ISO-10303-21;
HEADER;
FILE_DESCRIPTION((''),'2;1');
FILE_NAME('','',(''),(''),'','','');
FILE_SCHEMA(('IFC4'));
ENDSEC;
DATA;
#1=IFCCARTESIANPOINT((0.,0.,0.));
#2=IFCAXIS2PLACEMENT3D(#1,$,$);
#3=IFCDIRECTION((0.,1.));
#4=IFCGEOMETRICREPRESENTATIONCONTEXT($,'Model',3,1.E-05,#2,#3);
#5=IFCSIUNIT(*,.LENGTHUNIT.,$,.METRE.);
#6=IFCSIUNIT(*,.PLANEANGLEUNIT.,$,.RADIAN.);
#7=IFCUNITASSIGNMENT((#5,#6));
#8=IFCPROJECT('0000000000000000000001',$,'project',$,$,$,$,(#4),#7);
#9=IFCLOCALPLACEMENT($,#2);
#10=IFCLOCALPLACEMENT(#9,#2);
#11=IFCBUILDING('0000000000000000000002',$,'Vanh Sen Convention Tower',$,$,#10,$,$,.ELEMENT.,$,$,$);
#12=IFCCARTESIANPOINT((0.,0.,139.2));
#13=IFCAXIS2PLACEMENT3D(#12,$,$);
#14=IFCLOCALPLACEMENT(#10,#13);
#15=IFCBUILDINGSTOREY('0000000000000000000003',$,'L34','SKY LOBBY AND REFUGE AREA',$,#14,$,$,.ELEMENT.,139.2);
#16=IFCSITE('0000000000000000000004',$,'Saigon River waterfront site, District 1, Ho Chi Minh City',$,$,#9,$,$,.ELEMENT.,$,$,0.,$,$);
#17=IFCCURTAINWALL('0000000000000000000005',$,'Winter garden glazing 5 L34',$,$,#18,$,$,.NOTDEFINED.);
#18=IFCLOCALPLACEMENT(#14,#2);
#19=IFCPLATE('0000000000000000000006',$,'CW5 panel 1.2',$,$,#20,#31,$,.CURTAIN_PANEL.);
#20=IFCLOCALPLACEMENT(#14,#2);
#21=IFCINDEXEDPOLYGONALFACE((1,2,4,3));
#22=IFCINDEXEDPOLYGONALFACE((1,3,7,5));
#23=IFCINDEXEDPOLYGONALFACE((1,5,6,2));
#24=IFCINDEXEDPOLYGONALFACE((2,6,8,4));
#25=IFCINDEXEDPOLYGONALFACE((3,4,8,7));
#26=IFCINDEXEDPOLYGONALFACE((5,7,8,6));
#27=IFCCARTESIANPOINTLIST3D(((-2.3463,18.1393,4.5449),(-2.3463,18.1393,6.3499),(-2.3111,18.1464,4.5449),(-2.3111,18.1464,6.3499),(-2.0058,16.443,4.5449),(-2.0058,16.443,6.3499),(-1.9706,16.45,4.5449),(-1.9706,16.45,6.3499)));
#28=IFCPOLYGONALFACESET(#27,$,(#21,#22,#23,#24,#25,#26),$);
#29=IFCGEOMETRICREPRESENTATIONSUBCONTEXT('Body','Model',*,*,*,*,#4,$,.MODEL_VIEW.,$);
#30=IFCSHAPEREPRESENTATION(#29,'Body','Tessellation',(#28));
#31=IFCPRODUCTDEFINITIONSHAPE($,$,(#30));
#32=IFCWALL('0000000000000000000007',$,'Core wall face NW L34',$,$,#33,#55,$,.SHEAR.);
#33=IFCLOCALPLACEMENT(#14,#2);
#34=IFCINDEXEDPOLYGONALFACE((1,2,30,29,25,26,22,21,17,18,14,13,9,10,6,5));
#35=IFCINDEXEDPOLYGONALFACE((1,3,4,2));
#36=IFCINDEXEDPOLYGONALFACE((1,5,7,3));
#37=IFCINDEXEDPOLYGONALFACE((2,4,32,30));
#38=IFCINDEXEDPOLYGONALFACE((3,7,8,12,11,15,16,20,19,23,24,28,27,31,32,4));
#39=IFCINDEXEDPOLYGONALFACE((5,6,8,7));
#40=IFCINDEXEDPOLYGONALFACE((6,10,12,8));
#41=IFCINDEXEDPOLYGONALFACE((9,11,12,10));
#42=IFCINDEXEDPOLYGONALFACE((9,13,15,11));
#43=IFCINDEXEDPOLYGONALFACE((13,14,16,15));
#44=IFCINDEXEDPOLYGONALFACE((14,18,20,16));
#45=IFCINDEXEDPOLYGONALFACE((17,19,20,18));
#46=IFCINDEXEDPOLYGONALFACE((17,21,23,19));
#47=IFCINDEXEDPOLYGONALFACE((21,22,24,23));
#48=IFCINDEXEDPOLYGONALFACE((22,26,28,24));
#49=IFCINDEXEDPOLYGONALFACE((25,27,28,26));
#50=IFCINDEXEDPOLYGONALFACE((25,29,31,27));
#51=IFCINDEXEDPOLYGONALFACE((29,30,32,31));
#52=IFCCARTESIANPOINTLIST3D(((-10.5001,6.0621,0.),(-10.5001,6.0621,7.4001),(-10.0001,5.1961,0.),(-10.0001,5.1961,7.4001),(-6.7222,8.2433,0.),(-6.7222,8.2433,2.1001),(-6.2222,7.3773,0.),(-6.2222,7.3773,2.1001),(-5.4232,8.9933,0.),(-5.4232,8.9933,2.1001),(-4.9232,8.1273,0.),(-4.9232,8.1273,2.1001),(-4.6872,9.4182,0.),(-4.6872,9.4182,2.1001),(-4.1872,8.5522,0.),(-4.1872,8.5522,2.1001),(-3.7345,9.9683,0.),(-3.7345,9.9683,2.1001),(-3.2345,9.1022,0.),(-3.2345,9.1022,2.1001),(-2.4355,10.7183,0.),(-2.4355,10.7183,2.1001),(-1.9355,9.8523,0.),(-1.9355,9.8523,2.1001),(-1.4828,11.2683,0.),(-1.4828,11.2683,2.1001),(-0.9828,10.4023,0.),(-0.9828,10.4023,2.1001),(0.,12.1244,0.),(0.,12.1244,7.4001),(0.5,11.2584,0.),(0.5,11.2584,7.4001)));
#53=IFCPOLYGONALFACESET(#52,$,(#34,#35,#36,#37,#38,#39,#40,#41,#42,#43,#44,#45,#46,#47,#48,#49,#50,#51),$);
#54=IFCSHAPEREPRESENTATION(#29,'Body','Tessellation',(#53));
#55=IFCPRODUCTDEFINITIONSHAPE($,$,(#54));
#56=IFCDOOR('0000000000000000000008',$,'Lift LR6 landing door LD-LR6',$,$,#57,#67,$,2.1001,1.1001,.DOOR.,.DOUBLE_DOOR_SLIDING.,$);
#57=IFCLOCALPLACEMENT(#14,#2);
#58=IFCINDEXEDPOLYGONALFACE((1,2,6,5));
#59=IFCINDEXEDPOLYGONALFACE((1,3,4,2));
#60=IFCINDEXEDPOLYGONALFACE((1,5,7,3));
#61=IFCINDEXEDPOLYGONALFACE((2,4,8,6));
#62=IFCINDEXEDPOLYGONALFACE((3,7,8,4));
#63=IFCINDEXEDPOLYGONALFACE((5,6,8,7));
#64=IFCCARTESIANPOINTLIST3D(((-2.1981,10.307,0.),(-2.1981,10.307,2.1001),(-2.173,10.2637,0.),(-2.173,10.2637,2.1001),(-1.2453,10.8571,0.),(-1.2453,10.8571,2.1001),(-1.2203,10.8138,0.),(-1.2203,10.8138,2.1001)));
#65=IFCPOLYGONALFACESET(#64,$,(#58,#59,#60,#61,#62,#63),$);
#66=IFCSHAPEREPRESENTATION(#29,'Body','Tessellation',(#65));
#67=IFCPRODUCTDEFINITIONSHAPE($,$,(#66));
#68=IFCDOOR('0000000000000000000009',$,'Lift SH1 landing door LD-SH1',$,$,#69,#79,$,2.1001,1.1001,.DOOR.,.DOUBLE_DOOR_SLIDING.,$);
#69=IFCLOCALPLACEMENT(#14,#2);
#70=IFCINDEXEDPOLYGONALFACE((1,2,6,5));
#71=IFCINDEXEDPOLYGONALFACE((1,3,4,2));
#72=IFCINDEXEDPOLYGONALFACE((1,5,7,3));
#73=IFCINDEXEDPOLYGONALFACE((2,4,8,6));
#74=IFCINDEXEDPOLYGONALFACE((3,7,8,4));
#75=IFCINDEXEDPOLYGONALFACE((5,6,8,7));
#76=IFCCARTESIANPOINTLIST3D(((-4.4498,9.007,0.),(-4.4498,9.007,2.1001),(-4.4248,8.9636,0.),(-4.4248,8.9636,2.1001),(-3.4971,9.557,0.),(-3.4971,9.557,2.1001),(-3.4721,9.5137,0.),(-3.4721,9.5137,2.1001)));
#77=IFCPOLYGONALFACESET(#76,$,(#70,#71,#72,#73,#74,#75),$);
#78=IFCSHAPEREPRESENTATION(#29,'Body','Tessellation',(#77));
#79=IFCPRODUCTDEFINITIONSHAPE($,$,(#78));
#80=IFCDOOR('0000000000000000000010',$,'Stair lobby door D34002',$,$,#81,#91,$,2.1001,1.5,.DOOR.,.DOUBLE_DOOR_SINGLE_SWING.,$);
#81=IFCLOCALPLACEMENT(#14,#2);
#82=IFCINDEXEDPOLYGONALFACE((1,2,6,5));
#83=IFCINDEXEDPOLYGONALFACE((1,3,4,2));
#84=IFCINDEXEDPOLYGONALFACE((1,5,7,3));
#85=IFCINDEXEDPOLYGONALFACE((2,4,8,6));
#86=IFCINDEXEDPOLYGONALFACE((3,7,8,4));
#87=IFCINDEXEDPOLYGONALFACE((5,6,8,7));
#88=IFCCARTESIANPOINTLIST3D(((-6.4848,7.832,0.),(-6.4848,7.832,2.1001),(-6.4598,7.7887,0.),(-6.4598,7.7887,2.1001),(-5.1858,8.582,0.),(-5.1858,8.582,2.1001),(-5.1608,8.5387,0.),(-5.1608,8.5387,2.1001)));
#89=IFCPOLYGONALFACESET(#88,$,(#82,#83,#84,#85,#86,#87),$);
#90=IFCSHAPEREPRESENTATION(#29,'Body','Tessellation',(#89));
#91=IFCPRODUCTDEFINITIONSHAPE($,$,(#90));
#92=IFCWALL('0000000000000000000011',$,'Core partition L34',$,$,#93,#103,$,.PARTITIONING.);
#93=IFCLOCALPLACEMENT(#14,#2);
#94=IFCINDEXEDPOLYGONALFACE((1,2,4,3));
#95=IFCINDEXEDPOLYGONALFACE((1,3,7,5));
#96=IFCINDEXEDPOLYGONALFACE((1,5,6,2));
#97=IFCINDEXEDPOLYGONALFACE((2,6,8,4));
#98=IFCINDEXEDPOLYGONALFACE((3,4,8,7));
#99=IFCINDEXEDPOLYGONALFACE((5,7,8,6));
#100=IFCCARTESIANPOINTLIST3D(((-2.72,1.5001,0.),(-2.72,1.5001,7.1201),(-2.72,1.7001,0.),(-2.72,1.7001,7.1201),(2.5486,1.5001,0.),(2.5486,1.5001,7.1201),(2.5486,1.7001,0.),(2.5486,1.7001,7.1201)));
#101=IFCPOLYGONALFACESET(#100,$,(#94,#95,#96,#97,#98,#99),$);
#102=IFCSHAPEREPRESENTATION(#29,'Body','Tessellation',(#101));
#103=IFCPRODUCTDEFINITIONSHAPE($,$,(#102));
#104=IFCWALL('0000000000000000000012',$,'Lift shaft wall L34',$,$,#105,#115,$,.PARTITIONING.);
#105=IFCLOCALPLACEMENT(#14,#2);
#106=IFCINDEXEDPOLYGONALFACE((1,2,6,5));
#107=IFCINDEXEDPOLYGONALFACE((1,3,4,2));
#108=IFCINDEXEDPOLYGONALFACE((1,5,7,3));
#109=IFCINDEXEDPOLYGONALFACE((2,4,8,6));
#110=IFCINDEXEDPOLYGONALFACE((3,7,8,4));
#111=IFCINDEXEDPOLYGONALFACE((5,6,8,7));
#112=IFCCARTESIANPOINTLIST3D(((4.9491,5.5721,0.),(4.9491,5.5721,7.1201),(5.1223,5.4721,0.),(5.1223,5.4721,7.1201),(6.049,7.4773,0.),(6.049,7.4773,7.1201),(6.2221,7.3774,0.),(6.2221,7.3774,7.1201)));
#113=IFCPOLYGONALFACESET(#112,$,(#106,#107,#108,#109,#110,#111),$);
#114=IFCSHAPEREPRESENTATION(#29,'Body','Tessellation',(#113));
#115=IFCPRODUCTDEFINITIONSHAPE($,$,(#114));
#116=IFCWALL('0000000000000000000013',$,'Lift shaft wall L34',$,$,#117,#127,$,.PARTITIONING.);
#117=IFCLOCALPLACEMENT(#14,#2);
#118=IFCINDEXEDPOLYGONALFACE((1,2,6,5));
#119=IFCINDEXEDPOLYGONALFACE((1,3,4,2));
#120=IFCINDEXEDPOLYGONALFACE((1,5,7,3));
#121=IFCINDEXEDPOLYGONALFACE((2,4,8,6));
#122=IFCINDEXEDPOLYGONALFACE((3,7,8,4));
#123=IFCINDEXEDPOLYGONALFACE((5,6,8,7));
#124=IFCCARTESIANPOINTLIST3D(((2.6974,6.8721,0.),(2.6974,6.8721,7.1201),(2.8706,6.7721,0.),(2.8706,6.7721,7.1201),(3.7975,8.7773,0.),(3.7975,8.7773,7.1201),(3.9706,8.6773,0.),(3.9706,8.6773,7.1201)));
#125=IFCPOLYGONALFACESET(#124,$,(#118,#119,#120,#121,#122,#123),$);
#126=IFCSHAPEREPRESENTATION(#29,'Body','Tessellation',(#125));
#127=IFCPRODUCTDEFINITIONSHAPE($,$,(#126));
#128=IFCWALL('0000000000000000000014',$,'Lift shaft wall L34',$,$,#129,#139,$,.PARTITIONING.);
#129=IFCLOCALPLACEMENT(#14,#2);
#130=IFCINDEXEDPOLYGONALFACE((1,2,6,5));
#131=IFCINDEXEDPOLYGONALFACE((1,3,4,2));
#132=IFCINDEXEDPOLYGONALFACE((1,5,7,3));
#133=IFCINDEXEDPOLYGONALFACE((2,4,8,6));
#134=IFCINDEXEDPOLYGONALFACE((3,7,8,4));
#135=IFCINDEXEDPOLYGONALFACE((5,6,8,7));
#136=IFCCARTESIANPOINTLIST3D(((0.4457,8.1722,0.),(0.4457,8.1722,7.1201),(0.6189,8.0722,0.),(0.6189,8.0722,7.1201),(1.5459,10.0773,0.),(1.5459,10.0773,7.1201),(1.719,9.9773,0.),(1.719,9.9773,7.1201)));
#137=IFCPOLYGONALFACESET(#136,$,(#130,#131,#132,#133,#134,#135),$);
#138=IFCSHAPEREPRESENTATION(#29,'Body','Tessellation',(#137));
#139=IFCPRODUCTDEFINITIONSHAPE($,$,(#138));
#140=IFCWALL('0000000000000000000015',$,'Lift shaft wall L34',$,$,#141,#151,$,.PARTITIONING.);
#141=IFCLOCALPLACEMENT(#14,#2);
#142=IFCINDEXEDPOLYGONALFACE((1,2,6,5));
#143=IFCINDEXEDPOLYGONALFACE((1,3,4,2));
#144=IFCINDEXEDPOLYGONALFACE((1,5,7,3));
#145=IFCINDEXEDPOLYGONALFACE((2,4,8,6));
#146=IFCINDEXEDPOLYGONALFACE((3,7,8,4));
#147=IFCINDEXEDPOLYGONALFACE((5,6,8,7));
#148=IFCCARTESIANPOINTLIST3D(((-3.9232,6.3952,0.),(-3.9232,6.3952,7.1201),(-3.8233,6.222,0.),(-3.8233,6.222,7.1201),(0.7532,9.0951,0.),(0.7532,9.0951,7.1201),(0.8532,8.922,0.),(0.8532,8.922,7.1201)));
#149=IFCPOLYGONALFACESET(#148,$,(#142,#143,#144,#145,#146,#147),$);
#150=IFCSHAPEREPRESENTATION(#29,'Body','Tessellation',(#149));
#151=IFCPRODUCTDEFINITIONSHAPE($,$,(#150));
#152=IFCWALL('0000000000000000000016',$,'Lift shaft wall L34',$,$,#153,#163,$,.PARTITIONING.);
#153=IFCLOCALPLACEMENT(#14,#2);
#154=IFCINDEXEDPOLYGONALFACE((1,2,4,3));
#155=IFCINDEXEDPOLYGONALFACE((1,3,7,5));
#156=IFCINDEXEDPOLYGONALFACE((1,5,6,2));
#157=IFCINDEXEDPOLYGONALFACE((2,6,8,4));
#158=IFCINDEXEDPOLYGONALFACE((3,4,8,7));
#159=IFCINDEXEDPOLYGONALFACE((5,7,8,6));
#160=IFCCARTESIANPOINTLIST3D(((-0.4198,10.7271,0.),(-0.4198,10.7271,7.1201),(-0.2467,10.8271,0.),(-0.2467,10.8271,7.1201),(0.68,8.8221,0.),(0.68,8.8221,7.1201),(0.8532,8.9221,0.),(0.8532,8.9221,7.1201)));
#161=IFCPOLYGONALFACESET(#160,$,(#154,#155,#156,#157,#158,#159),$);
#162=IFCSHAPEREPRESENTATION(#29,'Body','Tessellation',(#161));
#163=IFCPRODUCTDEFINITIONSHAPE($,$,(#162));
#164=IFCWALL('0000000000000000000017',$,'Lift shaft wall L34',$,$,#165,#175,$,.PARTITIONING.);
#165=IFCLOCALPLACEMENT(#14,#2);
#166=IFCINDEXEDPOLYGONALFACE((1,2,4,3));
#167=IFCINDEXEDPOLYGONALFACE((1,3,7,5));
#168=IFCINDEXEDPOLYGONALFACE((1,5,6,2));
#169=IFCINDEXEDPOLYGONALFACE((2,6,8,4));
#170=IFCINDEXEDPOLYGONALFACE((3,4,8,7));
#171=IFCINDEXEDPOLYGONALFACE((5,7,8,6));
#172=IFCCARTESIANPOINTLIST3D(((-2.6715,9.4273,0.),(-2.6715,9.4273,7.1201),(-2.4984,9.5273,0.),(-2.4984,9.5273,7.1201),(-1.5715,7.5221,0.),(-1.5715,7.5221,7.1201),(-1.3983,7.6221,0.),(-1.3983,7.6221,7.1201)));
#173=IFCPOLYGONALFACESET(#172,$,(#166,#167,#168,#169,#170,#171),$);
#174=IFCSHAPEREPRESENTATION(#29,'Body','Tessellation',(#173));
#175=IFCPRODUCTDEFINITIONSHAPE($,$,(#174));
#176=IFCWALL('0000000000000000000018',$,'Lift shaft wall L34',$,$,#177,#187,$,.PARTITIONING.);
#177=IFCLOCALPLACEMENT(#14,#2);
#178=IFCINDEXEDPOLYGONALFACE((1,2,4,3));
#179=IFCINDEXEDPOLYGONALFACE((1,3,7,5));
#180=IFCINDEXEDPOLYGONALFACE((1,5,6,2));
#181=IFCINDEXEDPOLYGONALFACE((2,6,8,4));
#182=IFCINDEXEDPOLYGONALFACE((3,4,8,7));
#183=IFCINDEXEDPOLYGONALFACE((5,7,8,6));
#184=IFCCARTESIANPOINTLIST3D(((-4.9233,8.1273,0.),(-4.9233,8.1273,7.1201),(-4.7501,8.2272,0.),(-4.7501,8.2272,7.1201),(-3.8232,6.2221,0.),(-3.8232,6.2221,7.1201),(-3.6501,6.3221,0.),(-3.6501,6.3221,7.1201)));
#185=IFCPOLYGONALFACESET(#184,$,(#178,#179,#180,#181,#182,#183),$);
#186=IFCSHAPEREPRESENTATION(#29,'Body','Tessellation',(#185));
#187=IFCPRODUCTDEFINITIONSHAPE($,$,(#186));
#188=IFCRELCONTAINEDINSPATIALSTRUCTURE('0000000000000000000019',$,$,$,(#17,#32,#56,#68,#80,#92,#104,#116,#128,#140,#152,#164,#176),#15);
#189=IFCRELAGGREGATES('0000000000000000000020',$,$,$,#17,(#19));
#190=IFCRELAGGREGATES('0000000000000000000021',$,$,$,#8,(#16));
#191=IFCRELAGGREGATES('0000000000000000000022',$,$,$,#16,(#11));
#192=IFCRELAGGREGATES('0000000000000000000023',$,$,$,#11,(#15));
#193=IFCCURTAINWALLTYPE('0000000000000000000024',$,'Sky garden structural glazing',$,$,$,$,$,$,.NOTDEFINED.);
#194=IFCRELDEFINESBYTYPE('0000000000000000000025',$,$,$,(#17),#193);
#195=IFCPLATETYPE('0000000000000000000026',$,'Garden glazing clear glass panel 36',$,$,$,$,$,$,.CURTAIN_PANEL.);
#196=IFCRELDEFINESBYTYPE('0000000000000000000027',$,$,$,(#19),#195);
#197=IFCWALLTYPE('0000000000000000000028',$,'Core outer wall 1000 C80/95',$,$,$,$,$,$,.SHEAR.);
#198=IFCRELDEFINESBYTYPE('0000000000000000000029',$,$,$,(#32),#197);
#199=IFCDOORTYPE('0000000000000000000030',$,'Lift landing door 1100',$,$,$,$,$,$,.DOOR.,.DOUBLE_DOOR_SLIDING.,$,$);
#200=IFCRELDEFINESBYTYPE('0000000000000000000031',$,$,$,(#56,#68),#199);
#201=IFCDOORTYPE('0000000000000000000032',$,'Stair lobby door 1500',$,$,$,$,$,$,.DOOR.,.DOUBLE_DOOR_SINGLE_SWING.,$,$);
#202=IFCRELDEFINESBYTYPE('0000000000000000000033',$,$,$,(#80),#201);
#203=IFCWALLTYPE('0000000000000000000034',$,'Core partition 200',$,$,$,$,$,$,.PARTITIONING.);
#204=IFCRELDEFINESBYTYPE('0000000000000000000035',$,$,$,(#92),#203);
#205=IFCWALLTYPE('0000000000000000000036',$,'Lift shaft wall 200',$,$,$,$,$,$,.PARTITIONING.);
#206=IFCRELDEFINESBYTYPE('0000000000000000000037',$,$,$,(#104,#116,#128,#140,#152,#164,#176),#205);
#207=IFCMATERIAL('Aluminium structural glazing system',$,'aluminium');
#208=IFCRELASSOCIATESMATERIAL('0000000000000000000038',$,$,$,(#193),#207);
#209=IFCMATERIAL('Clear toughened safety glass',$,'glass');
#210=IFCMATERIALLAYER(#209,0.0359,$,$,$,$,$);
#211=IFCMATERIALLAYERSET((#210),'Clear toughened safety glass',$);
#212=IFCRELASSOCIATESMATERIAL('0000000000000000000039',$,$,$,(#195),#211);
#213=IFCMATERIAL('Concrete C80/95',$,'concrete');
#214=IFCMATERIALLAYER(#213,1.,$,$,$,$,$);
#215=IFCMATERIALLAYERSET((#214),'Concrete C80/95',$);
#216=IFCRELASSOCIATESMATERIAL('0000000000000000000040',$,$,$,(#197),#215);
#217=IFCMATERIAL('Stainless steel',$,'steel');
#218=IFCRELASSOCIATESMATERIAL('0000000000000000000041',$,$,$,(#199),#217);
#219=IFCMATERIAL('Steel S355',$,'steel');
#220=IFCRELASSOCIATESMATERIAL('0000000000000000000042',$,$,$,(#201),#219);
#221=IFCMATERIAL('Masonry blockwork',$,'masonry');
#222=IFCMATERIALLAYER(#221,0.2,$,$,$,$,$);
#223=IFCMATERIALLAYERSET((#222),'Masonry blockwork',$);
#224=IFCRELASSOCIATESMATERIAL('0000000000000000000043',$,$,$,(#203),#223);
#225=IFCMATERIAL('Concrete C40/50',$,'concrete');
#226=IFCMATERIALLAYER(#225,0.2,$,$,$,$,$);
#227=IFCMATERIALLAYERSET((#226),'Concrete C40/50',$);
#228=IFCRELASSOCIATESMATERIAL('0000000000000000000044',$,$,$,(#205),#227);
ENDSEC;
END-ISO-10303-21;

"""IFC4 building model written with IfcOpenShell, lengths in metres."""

from ifc_helpers import new_model, si_unit, direction, frame, frame_2d, origin, origin_2d, place, context, subcontext, project, spatial, rectangle, extrude, material, layer, layer_set, type_object, element, fill, aggregate, save


model = new_model("IFC4")

# Units and contexts
model_context = context("Model", 3, precision=1e-05, world=origin(), true_north=direction((0.0, 1.0)))
body_context = subcontext(model_context, "Body", "Model", "MODEL_VIEW")
ifc_project = project(units=[si_unit("LENGTHUNIT", "METRE"), si_unit("PLANEANGLEUNIT", "RADIAN")], contexts=[model_context])

# Site, building, storey
site_placement = place(None, origin())
site = spatial("IfcSite", under=ifc_project, at=site_placement, Name="Saigon River waterfront site, District 1, Ho Chi Minh City", CompositionType="ELEMENT", RefElevation=0.0)
building_placement = place(site_placement, origin())
building = spatial("IfcBuilding", under=site, at=building_placement, Name="Vanh Sen Convention Tower", CompositionType="ELEMENT")
storey_placement = place(building_placement, frame((0.0, 0.0, 139.2)))
storey = spatial("IfcBuildingStorey", under=building, at=storey_placement, Name="L34", Description="SKY LOBBY AND REFUGE AREA", CompositionType="ELEMENT", Elevation=139.2)

# Curtain wall
ifc_material_1 = material(Name="Aluminium structural glazing system", Category="aluminium")
curtain_wall_type = type_object("IfcCurtainWallType", Name="Sky garden structural glazing", PredefinedType="NOTDEFINED", material=ifc_material_1)
curtain_wall_1_placement = place(storey_placement, origin())
curtain_wall_1 = element("IfcCurtainWall", 1, at=curtain_wall_1_placement, inside=storey, type_object=curtain_wall_type, Name="Winter garden glazing 5 L34", PredefinedType="NOTDEFINED")

# Plate
ifc_material_2 = material(Name="Clear toughened safety glass", Category="glass")
ifc_layer_1 = layer(ifc_material_2, 0.0359)
ifc_layer_set_1 = layer_set([ifc_layer_1], Name="Clear toughened safety glass")
plate_type = type_object("IfcPlateType", Name="Garden glazing clear glass panel 36", PredefinedType="CURTAIN_PANEL", material=ifc_layer_set_1)
plate_1_placement = place(storey_placement, frame((-2.1584, 17.2947, 4.5449), z_axis=(0.0, 0.0, 1.0), x_axis=(-0.19679, 0.980446, 0.0)))
plate_1 = element("IfcPlate", 2, at=plate_1_placement, type_object=plate_type, Name="CW5 panel 1.2", PredefinedType="CURTAIN_PANEL", context=body_context, shape_type="SweptSolid", body=[
    extrude(rectangle(XDim=1.7302, YDim=0.0359, at=origin_2d()), origin(), (0.0, 0.0, 1.0), 1.8049),
])
aggregate(curtain_wall_1, [plate_1])

# Wall, openings, doors
ifc_material_3 = material(Name="Concrete C80/95", Category="concrete")
ifc_layer_2 = layer(ifc_material_3, 1.0)
ifc_layer_set_2 = layer_set([ifc_layer_2], Name="Concrete C80/95")
wall_type_1 = type_object("IfcWallType", Name="Core outer wall 1000 C80/95", PredefinedType="SHEAR", material=ifc_layer_set_2)
wall_1_placement = place(storey_placement, frame((0.25, 11.6914, 0.0), z_axis=(0.0, 0.0, 1.0), x_axis=(-0.866023, -0.500005, 0.0)))
wall_1 = element("IfcWall", 3, at=wall_1_placement, inside=storey, type_object=wall_type_1, Name="Core wall face NW L34", PredefinedType="SHEAR", context=body_context, shape_type="SweptSolid", body=[
    extrude(rectangle(XDim=12.1245, YDim=1.0, at=frame_2d((6.0623, 0.0))), origin(), (0.0, 0.0, 1.0), 7.4001),
])
opening_1_placement = place(wall_1_placement, frame((6.2622, 0.0, 0.0)))
opening_1 = element("IfcOpeningElement", 4, at=opening_1_placement, cuts=wall_1, PredefinedType="OPENING", context=body_context, shape_type="SweptSolid", body=[
    extrude(rectangle(XDim=1.5, YDim=2.1001, at=frame_2d((0.75, 1.05))), frame((0.0, 0.51, 0.0), z_axis=(0.0, -1.0, 0.0), x_axis=(1.0, 0.0, 0.0)), (0.0, 0.0, 1.0), 1.02),
])
opening_2_placement = place(wall_1_placement, frame((1.7122, 0.0, 0.0)))
opening_2 = element("IfcOpeningElement", 5, at=opening_2_placement, cuts=wall_1, PredefinedType="OPENING", context=body_context, shape_type="SweptSolid", body=[
    extrude(rectangle(XDim=1.1001, YDim=2.1001, at=frame_2d((0.55, 1.05))), frame((0.0, 0.51, 0.0), z_axis=(0.0, -1.0, 0.0), x_axis=(1.0, 0.0, 0.0)), (0.0, 0.0, 1.0), 1.02),
])
opening_3_placement = place(wall_1_placement, frame((4.3123, 0.0, 0.0)))
opening_3 = element("IfcOpeningElement", 6, at=opening_3_placement, cuts=wall_1, PredefinedType="OPENING", context=body_context, shape_type="SweptSolid", body=[
    extrude(rectangle(XDim=1.1001, YDim=2.1001, at=frame_2d((0.55, 1.05))), frame((0.0, 0.51, 0.0), z_axis=(0.0, -1.0, 0.0), x_axis=(1.0, 0.0, 0.0)), (0.0, 0.0, 1.0), 1.02),
])
ifc_material_4 = material(Name="Stainless steel", Category="steel")
door_type_1 = type_object("IfcDoorType", Name="Lift landing door 1100", OperationType="DOUBLE_DOOR_SLIDING", PredefinedType="DOOR", material=ifc_material_4)
door_1_placement = place(opening_2_placement, origin())
door_1 = element("IfcDoor", 7, at=door_1_placement, inside=storey, type_object=door_type_1, Name="Lift LR6 landing door LD-LR6", OperationType="DOUBLE_DOOR_SLIDING", OverallHeight=2.1001, OverallWidth=1.1001, PredefinedType="DOOR", context=body_context, shape_type="SweptSolid", body=[
    extrude(rectangle(XDim=1.1001, YDim=2.1001, at=frame_2d((0.55, 1.05))), frame((0.0, 0.0249, 0.0), z_axis=(0.0, -1.0, 0.0), x_axis=(1.0, 0.0, 0.0)), (0.0, 0.0, 1.0), 0.05),
])
fill(opening_2, door_1)
door_2_placement = place(opening_3_placement, origin())
door_2 = element("IfcDoor", 8, at=door_2_placement, inside=storey, type_object=door_type_1, Name="Lift SH1 landing door LD-SH1", OperationType="DOUBLE_DOOR_SLIDING", OverallHeight=2.1001, OverallWidth=1.1001, PredefinedType="DOOR", context=body_context, shape_type="SweptSolid", body=[
    extrude(rectangle(XDim=1.1001, YDim=2.1001, at=frame_2d((0.55, 1.05))), frame((0.0, 0.0249, 0.0), z_axis=(0.0, -1.0, 0.0), x_axis=(1.0, 0.0, 0.0)), (0.0, 0.0, 1.0), 0.05),
])
fill(opening_3, door_2)
ifc_material_5 = material(Name="Steel S355", Category="steel")
door_type_2 = type_object("IfcDoorType", Name="Stair lobby door 1500", OperationType="DOUBLE_DOOR_SINGLE_SWING", PredefinedType="DOOR", material=ifc_material_5)
door_3_placement = place(opening_1_placement, origin())
door_3 = element("IfcDoor", 9, at=door_3_placement, inside=storey, type_object=door_type_2, Name="Stair lobby door D34002", OperationType="DOUBLE_DOOR_SINGLE_SWING", OverallHeight=2.1001, OverallWidth=1.5, PredefinedType="DOOR", context=body_context, shape_type="SweptSolid", body=[
    extrude(rectangle(XDim=1.5, YDim=2.1001, at=frame_2d((0.75, 1.05))), frame((0.0, 0.0249, 0.0), z_axis=(0.0, -1.0, 0.0), x_axis=(1.0, 0.0, 0.0)), (0.0, 0.0, 1.0), 0.05),
])
fill(opening_1, door_3)

# Walls
ifc_material_6 = material(Name="Masonry blockwork", Category="masonry")
ifc_layer_3 = layer(ifc_material_6, 0.2)
ifc_layer_set_3 = layer_set([ifc_layer_3], Name="Masonry blockwork")
wall_type_2 = type_object("IfcWallType", Name="Core partition 200", PredefinedType="PARTITIONING", material=ifc_layer_set_3)
wall_2_placement = place(storey_placement, frame((-2.72, 1.6001, 0.0), z_axis=(0.0, 0.0, 1.0), x_axis=(1.0, 0.0, 0.0)))
element("IfcWall", 10, at=wall_2_placement, inside=storey, type_object=wall_type_2, Name="Core partition L34", PredefinedType="PARTITIONING", context=body_context, shape_type="SweptSolid", body=[
    extrude(rectangle(XDim=5.2686, YDim=0.2, at=frame_2d((2.6343, 0.0))), origin(), (0.0, 0.0, 1.0), 7.1201),
])
ifc_material_7 = material(Name="Concrete C40/50", Category="concrete")
ifc_layer_4 = layer(ifc_material_7, 0.2)
ifc_layer_set_4 = layer_set([ifc_layer_4], Name="Concrete C40/50")
wall_type_3 = type_object("IfcWallType", Name="Lift shaft wall 200", PredefinedType="PARTITIONING", material=ifc_layer_set_4)
for number, where, z_axis, x_axis, name in (
    (11, (5.0356, 5.522, 0.0), (0.0, 0.0, 1.0), (0.499947, 0.866056, 0.0), "Lift shaft wall L34"),
    (12, (2.7839, 6.822, 0.0), (0.0, 0.0, 1.0), (0.50003, 0.866008, 0.0), "Lift shaft wall L34"),
    (13, (0.5322, 8.1221, 0.0), (0.0, 0.0, 1.0), (0.500078, 0.86598, 0.0), "Lift shaft wall L34"),
):
    element("IfcWall", number, at=place(storey_placement, frame(where, z_axis=z_axis, x_axis=x_axis)), inside=storey, type_object=wall_type_3, Name=name, PredefinedType="PARTITIONING", context=body_context, shape_type="SweptSolid", body=[
        extrude(rectangle(XDim=2.2, YDim=0.2, at=frame_2d((1.1001, 0.0))), origin(), (0.0, 0.0, 1.0), 7.1201),
    ])
wall_3_placement = place(storey_placement, frame((0.8032, 9.0085, 0.0), z_axis=(0.0, 0.0, 1.0), x_axis=(-0.866028, -0.499995, 0.0)))
element("IfcWall", 14, at=wall_3_placement, inside=storey, type_object=wall_type_3, Name="Lift shaft wall L34", PredefinedType="PARTITIONING", context=body_context, shape_type="SweptSolid", body=[
    extrude(rectangle(XDim=5.3999, YDim=0.2, at=frame_2d((2.7, 0.0))), origin(), (0.0, 0.0, 1.0), 7.1201),
])
wall_4_placement = place(storey_placement, frame((0.7666, 8.8721, 0.0), z_axis=(0.0, 0.0, 1.0), x_axis=(-0.499995, 0.866028, 0.0)))
element("IfcWall", 15, at=wall_4_placement, inside=storey, type_object=wall_type_3, Name="Lift shaft wall L34", PredefinedType="PARTITIONING", context=body_context, shape_type="SweptSolid", body=[
    extrude(rectangle(XDim=2.1997, YDim=0.2, at=frame_2d((1.0999, 0.0))), origin(), (0.0, 0.0, 1.0), 7.1201),
])
for number, where, z_axis, x_axis, name in (
    (16, (-1.4849, 7.572, 0.0), (0.0, 0.0, 1.0), (-0.50003, 0.866008, 0.0), "Lift shaft wall L34"),
    (17, (-3.7366, 6.272, 0.0), (0.0, 0.0, 1.0), (-0.50003, 0.866008, 0.0), "Lift shaft wall L34"),
):
    element("IfcWall", number, at=place(storey_placement, frame(where, z_axis=z_axis, x_axis=x_axis)), inside=storey, type_object=wall_type_3, Name=name, PredefinedType="PARTITIONING", context=body_context, shape_type="SweptSolid", body=[
        extrude(rectangle(XDim=2.2, YDim=0.2, at=frame_2d((1.1001, 0.0))), origin(), (0.0, 0.0, 1.0), 7.1201),
    ])

save(model, "model.ifc")
